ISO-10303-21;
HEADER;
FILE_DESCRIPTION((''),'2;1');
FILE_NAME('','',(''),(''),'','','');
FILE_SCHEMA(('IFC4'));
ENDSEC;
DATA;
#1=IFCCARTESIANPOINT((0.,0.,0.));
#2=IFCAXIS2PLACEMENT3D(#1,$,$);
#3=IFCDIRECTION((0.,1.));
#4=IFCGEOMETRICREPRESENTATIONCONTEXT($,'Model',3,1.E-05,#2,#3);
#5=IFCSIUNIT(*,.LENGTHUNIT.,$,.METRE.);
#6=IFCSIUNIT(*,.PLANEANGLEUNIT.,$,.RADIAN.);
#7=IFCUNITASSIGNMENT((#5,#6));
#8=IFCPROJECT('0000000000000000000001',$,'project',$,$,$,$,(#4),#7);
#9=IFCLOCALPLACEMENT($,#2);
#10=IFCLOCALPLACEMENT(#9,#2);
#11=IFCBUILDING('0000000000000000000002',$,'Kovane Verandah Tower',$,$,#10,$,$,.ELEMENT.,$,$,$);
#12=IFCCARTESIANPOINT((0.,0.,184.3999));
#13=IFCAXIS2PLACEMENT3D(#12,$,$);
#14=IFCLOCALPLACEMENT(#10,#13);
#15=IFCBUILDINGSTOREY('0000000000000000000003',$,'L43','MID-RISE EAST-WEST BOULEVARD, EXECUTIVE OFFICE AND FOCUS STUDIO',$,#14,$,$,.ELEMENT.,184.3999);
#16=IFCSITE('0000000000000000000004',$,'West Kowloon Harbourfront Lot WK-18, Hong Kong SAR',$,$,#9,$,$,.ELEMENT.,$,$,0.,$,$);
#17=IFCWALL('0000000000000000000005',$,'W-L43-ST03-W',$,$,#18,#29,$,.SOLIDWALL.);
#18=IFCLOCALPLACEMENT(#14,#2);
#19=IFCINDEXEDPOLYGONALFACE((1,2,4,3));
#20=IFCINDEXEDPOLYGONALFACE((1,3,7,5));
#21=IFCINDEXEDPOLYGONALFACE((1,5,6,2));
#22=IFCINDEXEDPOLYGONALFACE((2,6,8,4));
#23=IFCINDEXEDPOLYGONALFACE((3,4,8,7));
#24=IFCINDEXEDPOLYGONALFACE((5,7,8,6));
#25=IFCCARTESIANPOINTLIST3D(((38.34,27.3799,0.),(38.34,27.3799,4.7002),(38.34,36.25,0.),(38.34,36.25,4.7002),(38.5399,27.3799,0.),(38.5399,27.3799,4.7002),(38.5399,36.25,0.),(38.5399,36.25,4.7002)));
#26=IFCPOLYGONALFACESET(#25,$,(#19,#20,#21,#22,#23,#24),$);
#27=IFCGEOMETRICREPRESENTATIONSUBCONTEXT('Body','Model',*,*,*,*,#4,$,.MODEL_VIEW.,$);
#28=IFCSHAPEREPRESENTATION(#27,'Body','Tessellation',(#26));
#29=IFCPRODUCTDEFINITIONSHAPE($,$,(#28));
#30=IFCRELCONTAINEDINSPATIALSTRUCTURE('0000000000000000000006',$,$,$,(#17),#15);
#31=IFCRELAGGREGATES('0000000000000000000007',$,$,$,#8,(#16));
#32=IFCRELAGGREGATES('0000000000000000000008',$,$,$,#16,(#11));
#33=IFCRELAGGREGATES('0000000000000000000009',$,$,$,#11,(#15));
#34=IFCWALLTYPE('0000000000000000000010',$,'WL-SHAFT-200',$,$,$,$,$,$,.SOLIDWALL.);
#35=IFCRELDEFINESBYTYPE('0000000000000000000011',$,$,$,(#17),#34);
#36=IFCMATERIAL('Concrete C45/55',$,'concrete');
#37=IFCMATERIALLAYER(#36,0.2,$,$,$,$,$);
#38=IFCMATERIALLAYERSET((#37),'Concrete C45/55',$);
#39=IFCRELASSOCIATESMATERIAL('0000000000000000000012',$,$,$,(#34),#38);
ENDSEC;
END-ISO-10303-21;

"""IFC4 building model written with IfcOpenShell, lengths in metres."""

from ifc_helpers import new_model, si_unit, direction, frame, frame_2d, origin, place, context, subcontext, project, spatial, rectangle, extrude, material, layer, layer_set, type_object, element, save


model = new_model("IFC4")

# Units and contexts
model_context = context("Model", 3, precision=1e-05, world=origin(), true_north=direction((0.0, 1.0)))
body_context = subcontext(model_context, "Body", "Model", "MODEL_VIEW")
ifc_project = project(units=[si_unit("LENGTHUNIT", "METRE"), si_unit("PLANEANGLEUNIT", "RADIAN")], contexts=[model_context])

# Site, building, storey
site_placement = place(None, origin())
site = spatial("IfcSite", under=ifc_project, at=site_placement, Name="West Kowloon Harbourfront Lot WK-18, Hong Kong SAR", CompositionType="ELEMENT", RefElevation=0.0)
building_placement = place(site_placement, origin())
building = spatial("IfcBuilding", under=site, at=building_placement, Name="Kovane Verandah Tower", CompositionType="ELEMENT")
storey_placement = place(building_placement, frame((0.0, 0.0, 184.3999)))
storey = spatial("IfcBuildingStorey", under=building, at=storey_placement, Name="L43", Description="MID-RISE EAST-WEST BOULEVARD, EXECUTIVE OFFICE AND FOCUS STUDIO", CompositionType="ELEMENT", Elevation=184.3999)

# Wall
ifc_material_1 = material(Name="Concrete C45/55", Category="concrete")
ifc_layer_1 = layer(ifc_material_1, 0.2)
ifc_layer_set_1 = layer_set([ifc_layer_1], Name="Concrete C45/55")
wall_type_1 = type_object("IfcWallType", Name="WL-SHAFT-200", PredefinedType="SOLIDWALL", material=ifc_layer_set_1)
wall_1_placement = place(storey_placement, frame((38.4399, 27.3799, 0.0), z_axis=(0.0, 0.0, 1.0), x_axis=(0.0, 1.0, 0.0)))
element("IfcWall", 1, at=wall_1_placement, inside=storey, type_object=wall_type_1, Name="W-L43-ST03-W", PredefinedType="SOLIDWALL", context=body_context, shape_type="SweptSolid", body=[
    extrude(rectangle(XDim=8.8701, YDim=0.2, at=frame_2d((4.4351, 0.0))), origin(), (0.0, 0.0, 1.0), 4.7002),
])

save(model, "model.ifc")
